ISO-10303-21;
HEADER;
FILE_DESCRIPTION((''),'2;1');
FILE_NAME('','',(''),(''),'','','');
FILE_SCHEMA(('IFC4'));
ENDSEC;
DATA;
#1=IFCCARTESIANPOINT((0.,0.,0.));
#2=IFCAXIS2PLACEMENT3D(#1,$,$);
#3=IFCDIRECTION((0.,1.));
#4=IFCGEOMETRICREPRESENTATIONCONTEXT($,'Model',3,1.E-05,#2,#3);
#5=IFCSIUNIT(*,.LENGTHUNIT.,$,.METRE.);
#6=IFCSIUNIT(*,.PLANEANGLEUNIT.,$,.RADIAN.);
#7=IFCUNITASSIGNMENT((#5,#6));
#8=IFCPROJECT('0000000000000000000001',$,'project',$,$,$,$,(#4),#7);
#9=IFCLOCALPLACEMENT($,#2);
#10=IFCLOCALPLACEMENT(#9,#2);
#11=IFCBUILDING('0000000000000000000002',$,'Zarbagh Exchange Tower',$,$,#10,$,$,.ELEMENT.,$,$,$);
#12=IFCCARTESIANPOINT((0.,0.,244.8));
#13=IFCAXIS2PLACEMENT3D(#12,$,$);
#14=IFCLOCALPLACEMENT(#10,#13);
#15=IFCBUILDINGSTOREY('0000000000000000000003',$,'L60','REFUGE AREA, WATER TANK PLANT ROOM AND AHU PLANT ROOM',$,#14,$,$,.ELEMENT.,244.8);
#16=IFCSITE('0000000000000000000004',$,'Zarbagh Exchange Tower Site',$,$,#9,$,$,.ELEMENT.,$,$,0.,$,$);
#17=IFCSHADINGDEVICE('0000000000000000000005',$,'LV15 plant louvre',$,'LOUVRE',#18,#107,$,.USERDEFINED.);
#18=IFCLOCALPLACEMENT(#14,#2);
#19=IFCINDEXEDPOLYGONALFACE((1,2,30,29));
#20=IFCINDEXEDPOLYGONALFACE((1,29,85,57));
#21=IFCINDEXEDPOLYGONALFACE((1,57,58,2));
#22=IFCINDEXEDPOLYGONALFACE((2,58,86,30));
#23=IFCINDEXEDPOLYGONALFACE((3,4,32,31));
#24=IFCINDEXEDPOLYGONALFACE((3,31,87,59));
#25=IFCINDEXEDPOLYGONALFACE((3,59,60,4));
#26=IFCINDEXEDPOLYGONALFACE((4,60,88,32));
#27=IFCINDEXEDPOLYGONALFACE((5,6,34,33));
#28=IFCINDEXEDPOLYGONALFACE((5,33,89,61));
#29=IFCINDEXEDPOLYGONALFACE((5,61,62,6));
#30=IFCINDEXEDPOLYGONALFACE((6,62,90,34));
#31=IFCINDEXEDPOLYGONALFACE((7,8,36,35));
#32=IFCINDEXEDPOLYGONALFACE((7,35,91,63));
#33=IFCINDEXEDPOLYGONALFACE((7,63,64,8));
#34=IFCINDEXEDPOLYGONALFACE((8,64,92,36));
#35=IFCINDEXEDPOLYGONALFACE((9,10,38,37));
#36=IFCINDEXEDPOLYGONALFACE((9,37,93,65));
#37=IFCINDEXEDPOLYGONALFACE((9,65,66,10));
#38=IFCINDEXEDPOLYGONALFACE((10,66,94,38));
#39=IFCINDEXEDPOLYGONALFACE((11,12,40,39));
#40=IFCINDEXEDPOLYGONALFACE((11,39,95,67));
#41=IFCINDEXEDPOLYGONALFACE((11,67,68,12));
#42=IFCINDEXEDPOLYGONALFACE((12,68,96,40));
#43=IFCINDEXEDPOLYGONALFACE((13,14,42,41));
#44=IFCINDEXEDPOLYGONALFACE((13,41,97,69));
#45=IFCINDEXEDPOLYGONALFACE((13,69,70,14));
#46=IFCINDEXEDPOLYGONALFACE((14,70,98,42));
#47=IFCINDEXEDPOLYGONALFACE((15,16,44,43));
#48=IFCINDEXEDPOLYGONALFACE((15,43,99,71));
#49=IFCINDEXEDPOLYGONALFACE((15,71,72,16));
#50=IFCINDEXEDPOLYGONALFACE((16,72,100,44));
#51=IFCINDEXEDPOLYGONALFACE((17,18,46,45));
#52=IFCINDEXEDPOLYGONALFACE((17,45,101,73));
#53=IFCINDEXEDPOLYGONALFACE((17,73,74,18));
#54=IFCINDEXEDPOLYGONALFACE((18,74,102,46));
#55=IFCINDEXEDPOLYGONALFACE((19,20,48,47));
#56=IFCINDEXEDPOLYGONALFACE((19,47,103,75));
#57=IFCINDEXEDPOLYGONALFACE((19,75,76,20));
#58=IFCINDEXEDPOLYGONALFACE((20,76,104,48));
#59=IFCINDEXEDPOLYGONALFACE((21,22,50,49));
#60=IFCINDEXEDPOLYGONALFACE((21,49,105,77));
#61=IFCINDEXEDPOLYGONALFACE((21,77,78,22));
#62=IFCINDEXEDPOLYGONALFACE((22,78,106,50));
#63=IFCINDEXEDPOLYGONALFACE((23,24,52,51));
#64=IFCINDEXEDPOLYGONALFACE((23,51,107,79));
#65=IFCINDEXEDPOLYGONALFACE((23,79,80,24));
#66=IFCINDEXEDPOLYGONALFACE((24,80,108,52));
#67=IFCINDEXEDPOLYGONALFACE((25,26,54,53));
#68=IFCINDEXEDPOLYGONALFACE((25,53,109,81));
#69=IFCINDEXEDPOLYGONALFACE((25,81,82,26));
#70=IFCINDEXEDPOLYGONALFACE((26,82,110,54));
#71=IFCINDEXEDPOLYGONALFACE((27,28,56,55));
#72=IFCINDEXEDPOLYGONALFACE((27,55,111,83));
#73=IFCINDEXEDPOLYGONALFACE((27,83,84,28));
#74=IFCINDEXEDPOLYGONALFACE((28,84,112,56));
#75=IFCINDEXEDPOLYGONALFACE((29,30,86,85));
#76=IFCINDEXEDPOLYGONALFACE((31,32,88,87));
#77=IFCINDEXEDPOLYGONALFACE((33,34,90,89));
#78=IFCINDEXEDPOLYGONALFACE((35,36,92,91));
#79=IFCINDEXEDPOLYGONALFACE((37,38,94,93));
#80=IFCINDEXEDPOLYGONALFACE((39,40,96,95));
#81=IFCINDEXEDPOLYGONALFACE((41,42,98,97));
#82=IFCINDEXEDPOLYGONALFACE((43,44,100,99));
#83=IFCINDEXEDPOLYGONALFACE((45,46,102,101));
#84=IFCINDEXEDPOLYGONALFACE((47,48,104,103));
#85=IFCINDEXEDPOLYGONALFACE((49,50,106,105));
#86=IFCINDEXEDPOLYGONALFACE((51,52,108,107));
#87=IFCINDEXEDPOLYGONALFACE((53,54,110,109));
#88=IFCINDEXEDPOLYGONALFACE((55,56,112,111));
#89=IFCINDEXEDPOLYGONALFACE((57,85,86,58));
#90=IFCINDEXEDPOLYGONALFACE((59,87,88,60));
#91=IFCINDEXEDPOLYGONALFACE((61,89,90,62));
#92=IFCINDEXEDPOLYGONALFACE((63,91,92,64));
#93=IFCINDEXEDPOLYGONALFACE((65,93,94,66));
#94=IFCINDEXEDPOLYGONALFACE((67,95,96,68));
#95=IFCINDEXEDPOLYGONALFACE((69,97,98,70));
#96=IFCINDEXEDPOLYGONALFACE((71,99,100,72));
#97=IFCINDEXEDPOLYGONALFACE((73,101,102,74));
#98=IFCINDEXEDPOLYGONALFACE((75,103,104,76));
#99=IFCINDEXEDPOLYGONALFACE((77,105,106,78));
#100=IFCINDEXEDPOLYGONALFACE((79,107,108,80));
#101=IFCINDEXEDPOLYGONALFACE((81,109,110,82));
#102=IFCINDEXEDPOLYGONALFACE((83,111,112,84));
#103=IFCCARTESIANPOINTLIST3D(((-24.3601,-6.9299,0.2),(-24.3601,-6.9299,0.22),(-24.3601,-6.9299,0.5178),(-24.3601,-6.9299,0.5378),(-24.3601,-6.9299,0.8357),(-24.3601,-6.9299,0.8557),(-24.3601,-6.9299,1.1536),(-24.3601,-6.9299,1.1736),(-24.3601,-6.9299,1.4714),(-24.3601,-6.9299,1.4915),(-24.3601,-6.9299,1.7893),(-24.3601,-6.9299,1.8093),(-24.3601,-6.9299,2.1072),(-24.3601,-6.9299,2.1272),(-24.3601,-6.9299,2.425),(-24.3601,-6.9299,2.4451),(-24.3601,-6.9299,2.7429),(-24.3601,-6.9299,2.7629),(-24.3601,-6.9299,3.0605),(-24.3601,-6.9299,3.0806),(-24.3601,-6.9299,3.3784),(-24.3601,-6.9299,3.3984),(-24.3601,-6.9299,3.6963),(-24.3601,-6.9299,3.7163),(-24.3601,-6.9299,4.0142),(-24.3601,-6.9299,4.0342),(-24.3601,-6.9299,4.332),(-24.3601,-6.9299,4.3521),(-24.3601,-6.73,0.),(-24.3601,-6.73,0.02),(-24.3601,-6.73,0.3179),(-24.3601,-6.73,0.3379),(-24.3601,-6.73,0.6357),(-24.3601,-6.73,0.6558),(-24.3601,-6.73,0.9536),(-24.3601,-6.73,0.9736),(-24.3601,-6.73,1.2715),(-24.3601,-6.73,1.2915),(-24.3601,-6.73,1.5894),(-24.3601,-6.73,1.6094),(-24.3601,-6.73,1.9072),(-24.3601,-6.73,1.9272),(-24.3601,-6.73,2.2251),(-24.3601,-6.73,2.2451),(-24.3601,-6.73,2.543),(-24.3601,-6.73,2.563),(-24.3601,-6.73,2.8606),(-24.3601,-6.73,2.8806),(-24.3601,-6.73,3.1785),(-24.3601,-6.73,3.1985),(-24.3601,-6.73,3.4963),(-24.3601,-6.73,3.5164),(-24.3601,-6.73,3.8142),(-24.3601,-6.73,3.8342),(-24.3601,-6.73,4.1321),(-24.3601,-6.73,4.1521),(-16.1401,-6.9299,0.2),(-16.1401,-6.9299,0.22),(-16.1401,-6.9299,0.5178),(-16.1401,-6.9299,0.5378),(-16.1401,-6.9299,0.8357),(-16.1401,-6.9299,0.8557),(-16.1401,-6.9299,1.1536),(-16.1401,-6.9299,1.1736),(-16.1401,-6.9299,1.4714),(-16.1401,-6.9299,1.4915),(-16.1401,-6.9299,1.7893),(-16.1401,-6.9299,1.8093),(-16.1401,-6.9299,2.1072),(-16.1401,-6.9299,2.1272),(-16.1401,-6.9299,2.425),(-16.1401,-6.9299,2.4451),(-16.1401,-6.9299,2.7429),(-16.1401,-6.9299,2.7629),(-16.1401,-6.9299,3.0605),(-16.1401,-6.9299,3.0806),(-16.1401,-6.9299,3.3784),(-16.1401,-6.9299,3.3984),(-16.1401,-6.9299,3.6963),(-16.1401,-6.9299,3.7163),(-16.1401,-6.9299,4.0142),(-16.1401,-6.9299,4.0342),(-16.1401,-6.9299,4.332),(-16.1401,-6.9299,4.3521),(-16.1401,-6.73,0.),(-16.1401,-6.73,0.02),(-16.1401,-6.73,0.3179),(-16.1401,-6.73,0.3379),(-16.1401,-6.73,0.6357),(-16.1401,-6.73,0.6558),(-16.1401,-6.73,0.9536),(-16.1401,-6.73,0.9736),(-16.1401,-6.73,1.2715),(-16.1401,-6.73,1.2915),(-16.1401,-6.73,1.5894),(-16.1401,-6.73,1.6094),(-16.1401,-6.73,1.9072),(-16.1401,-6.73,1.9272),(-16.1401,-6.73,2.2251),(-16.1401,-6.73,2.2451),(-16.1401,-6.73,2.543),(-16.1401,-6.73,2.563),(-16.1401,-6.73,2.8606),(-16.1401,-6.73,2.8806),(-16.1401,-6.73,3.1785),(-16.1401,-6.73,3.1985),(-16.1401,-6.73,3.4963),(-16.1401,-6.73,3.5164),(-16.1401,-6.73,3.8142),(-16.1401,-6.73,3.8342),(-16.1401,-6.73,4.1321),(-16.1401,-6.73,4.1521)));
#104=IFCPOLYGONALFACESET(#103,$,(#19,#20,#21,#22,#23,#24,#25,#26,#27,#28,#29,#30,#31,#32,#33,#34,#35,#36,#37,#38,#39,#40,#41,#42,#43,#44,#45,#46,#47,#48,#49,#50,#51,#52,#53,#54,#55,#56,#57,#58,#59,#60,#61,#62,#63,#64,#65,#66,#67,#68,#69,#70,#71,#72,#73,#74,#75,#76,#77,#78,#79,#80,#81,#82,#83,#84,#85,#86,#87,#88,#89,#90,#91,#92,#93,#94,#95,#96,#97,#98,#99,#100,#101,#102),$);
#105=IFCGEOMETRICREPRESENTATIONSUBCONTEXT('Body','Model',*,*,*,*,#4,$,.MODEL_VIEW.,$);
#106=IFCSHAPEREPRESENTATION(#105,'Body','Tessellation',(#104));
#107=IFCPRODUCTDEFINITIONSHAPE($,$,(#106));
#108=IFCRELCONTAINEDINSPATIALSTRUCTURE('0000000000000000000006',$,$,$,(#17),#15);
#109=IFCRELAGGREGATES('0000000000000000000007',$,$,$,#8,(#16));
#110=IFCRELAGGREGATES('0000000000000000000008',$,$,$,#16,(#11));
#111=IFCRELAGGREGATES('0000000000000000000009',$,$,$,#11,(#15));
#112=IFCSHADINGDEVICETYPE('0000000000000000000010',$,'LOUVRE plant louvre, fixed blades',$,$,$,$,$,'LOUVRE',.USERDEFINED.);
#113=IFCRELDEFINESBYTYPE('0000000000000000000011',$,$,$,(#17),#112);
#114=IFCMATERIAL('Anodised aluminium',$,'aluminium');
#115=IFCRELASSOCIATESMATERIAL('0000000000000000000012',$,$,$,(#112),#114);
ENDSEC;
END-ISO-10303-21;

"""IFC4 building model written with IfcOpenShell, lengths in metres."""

from ifc_helpers import new_model, si_unit, direction, frame, origin, place, context, subcontext, project, spatial, polyline, outline, extrude, source, transform, mapped, material, type_object, element, save


model = new_model("IFC4")

# Units and contexts
model_context = context("Model", 3, precision=1e-05, world=origin(), true_north=direction((0.0, 1.0)))
body_context = subcontext(model_context, "Body", "Model", "MODEL_VIEW")
ifc_project = project(units=[si_unit("LENGTHUNIT", "METRE"), si_unit("PLANEANGLEUNIT", "RADIAN")], contexts=[model_context])

# Site, building, storey
site_placement = place(None, origin())
site = spatial("IfcSite", under=ifc_project, at=site_placement, Name="Zarbagh Exchange Tower Site", CompositionType="ELEMENT", RefElevation=0.0)
building_placement = place(site_placement, origin())
building = spatial("IfcBuilding", under=site, at=building_placement, Name="Zarbagh Exchange Tower", CompositionType="ELEMENT")
storey_placement = place(building_placement, frame((0.0, 0.0, 244.8)))
storey = spatial("IfcBuildingStorey", under=building, at=storey_placement, Name="L60", Description="REFUGE AREA, WATER TANK PLANT ROOM AND AHU PLANT ROOM", CompositionType="ELEMENT", Elevation=244.8)

# Shared definitions
placement = place(storey_placement, origin())

# Shared definitions
ifc_material_1 = material(Name="Anodised aluminium", Category="aluminium")
shading_device_type = type_object("IfcShadingDeviceType", Name="LOUVRE plant louvre, fixed blades", ElementType="LOUVRE", PredefinedType="USERDEFINED", material=ifc_material_1)

# Shading device
shared_shape_1 = source(origin(), body_context, "Body", "SweptSolid", [
    extrude(outline(polyline([(0.0, 0.2), (0.2, 0.0), (0.2, -0.02), (0.0, 0.1799), (0.0, 0.2)])), origin(), (0.0, 0.0, 1.0), 8.22),
])
element("IfcShadingDevice", 1, at=placement, inside=storey, type_object=shading_device_type, Name="LV15 plant louvre", ObjectType="LOUVRE", PredefinedType="USERDEFINED", context=body_context, shape_type="MappedRepresentation", body=[
    mapped(shared_shape_1, transform((-24.3601, -6.73, 0.2), x_axis=(0.0, -1.0, 0.0), y_axis=(0.0, 0.0, -1.0), z_axis=(1.0, 0.0, 0.0))),
    mapped(shared_shape_1, transform((-24.3601, -6.73, 0.5178), x_axis=(0.0, -1.0, 0.0), y_axis=(0.0, 0.0, -1.0), z_axis=(1.0, 0.0, 0.0))),
    mapped(shared_shape_1, transform((-24.3601, -6.73, 0.8357), x_axis=(0.0, -1.0, 0.0), y_axis=(0.0, 0.0, -1.0), z_axis=(1.0, 0.0, 0.0))),
    mapped(shared_shape_1, transform((-24.3601, -6.73, 1.1536), x_axis=(0.0, -1.0, 0.0), y_axis=(0.0, 0.0, -1.0), z_axis=(1.0, 0.0, 0.0))),
    mapped(shared_shape_1, transform((-24.3601, -6.73, 1.4714), x_axis=(0.0, -1.0, 0.0), y_axis=(0.0, 0.0, -1.0), z_axis=(1.0, 0.0, 0.0))),
    mapped(shared_shape_1, transform((-24.3601, -6.73, 1.7893), x_axis=(0.0, -1.0, 0.0), y_axis=(0.0, 0.0, -1.0), z_axis=(1.0, 0.0, 0.0))),
    mapped(shared_shape_1, transform((-24.3601, -6.73, 2.1072), x_axis=(0.0, -1.0, 0.0), y_axis=(0.0, 0.0, -1.0), z_axis=(1.0, 0.0, 0.0))),
    mapped(shared_shape_1, transform((-24.3601, -6.73, 2.425), x_axis=(0.0, -1.0, 0.0), y_axis=(0.0, 0.0, -1.0), z_axis=(1.0, 0.0, 0.0))),
    mapped(shared_shape_1, transform((-24.3601, -6.73, 2.7429), x_axis=(0.0, -1.0, 0.0), y_axis=(0.0, 0.0, -1.0), z_axis=(1.0, 0.0, 0.0))),
    mapped(shared_shape_1, transform((-24.3601, -6.73, 3.0605), x_axis=(0.0, -1.0, 0.0), y_axis=(0.0, 0.0, -1.0), z_axis=(1.0, 0.0, 0.0))),
    mapped(shared_shape_1, transform((-24.3601, -6.73, 3.3784), x_axis=(0.0, -1.0, 0.0), y_axis=(0.0, 0.0, -1.0), z_axis=(1.0, 0.0, 0.0))),
    mapped(shared_shape_1, transform((-24.3601, -6.73, 3.6963), x_axis=(0.0, -1.0, 0.0), y_axis=(0.0, 0.0, -1.0), z_axis=(1.0, 0.0, 0.0))),
    mapped(shared_shape_1, transform((-24.3601, -6.73, 4.0142), x_axis=(0.0, -1.0, 0.0), y_axis=(0.0, 0.0, -1.0), z_axis=(1.0, 0.0, 0.0))),
    mapped(shared_shape_1, transform((-24.3601, -6.73, 4.332), x_axis=(0.0, -1.0, 0.0), y_axis=(0.0, 0.0, -1.0), z_axis=(1.0, 0.0, 0.0))),
])

save(model, "model.ifc")
